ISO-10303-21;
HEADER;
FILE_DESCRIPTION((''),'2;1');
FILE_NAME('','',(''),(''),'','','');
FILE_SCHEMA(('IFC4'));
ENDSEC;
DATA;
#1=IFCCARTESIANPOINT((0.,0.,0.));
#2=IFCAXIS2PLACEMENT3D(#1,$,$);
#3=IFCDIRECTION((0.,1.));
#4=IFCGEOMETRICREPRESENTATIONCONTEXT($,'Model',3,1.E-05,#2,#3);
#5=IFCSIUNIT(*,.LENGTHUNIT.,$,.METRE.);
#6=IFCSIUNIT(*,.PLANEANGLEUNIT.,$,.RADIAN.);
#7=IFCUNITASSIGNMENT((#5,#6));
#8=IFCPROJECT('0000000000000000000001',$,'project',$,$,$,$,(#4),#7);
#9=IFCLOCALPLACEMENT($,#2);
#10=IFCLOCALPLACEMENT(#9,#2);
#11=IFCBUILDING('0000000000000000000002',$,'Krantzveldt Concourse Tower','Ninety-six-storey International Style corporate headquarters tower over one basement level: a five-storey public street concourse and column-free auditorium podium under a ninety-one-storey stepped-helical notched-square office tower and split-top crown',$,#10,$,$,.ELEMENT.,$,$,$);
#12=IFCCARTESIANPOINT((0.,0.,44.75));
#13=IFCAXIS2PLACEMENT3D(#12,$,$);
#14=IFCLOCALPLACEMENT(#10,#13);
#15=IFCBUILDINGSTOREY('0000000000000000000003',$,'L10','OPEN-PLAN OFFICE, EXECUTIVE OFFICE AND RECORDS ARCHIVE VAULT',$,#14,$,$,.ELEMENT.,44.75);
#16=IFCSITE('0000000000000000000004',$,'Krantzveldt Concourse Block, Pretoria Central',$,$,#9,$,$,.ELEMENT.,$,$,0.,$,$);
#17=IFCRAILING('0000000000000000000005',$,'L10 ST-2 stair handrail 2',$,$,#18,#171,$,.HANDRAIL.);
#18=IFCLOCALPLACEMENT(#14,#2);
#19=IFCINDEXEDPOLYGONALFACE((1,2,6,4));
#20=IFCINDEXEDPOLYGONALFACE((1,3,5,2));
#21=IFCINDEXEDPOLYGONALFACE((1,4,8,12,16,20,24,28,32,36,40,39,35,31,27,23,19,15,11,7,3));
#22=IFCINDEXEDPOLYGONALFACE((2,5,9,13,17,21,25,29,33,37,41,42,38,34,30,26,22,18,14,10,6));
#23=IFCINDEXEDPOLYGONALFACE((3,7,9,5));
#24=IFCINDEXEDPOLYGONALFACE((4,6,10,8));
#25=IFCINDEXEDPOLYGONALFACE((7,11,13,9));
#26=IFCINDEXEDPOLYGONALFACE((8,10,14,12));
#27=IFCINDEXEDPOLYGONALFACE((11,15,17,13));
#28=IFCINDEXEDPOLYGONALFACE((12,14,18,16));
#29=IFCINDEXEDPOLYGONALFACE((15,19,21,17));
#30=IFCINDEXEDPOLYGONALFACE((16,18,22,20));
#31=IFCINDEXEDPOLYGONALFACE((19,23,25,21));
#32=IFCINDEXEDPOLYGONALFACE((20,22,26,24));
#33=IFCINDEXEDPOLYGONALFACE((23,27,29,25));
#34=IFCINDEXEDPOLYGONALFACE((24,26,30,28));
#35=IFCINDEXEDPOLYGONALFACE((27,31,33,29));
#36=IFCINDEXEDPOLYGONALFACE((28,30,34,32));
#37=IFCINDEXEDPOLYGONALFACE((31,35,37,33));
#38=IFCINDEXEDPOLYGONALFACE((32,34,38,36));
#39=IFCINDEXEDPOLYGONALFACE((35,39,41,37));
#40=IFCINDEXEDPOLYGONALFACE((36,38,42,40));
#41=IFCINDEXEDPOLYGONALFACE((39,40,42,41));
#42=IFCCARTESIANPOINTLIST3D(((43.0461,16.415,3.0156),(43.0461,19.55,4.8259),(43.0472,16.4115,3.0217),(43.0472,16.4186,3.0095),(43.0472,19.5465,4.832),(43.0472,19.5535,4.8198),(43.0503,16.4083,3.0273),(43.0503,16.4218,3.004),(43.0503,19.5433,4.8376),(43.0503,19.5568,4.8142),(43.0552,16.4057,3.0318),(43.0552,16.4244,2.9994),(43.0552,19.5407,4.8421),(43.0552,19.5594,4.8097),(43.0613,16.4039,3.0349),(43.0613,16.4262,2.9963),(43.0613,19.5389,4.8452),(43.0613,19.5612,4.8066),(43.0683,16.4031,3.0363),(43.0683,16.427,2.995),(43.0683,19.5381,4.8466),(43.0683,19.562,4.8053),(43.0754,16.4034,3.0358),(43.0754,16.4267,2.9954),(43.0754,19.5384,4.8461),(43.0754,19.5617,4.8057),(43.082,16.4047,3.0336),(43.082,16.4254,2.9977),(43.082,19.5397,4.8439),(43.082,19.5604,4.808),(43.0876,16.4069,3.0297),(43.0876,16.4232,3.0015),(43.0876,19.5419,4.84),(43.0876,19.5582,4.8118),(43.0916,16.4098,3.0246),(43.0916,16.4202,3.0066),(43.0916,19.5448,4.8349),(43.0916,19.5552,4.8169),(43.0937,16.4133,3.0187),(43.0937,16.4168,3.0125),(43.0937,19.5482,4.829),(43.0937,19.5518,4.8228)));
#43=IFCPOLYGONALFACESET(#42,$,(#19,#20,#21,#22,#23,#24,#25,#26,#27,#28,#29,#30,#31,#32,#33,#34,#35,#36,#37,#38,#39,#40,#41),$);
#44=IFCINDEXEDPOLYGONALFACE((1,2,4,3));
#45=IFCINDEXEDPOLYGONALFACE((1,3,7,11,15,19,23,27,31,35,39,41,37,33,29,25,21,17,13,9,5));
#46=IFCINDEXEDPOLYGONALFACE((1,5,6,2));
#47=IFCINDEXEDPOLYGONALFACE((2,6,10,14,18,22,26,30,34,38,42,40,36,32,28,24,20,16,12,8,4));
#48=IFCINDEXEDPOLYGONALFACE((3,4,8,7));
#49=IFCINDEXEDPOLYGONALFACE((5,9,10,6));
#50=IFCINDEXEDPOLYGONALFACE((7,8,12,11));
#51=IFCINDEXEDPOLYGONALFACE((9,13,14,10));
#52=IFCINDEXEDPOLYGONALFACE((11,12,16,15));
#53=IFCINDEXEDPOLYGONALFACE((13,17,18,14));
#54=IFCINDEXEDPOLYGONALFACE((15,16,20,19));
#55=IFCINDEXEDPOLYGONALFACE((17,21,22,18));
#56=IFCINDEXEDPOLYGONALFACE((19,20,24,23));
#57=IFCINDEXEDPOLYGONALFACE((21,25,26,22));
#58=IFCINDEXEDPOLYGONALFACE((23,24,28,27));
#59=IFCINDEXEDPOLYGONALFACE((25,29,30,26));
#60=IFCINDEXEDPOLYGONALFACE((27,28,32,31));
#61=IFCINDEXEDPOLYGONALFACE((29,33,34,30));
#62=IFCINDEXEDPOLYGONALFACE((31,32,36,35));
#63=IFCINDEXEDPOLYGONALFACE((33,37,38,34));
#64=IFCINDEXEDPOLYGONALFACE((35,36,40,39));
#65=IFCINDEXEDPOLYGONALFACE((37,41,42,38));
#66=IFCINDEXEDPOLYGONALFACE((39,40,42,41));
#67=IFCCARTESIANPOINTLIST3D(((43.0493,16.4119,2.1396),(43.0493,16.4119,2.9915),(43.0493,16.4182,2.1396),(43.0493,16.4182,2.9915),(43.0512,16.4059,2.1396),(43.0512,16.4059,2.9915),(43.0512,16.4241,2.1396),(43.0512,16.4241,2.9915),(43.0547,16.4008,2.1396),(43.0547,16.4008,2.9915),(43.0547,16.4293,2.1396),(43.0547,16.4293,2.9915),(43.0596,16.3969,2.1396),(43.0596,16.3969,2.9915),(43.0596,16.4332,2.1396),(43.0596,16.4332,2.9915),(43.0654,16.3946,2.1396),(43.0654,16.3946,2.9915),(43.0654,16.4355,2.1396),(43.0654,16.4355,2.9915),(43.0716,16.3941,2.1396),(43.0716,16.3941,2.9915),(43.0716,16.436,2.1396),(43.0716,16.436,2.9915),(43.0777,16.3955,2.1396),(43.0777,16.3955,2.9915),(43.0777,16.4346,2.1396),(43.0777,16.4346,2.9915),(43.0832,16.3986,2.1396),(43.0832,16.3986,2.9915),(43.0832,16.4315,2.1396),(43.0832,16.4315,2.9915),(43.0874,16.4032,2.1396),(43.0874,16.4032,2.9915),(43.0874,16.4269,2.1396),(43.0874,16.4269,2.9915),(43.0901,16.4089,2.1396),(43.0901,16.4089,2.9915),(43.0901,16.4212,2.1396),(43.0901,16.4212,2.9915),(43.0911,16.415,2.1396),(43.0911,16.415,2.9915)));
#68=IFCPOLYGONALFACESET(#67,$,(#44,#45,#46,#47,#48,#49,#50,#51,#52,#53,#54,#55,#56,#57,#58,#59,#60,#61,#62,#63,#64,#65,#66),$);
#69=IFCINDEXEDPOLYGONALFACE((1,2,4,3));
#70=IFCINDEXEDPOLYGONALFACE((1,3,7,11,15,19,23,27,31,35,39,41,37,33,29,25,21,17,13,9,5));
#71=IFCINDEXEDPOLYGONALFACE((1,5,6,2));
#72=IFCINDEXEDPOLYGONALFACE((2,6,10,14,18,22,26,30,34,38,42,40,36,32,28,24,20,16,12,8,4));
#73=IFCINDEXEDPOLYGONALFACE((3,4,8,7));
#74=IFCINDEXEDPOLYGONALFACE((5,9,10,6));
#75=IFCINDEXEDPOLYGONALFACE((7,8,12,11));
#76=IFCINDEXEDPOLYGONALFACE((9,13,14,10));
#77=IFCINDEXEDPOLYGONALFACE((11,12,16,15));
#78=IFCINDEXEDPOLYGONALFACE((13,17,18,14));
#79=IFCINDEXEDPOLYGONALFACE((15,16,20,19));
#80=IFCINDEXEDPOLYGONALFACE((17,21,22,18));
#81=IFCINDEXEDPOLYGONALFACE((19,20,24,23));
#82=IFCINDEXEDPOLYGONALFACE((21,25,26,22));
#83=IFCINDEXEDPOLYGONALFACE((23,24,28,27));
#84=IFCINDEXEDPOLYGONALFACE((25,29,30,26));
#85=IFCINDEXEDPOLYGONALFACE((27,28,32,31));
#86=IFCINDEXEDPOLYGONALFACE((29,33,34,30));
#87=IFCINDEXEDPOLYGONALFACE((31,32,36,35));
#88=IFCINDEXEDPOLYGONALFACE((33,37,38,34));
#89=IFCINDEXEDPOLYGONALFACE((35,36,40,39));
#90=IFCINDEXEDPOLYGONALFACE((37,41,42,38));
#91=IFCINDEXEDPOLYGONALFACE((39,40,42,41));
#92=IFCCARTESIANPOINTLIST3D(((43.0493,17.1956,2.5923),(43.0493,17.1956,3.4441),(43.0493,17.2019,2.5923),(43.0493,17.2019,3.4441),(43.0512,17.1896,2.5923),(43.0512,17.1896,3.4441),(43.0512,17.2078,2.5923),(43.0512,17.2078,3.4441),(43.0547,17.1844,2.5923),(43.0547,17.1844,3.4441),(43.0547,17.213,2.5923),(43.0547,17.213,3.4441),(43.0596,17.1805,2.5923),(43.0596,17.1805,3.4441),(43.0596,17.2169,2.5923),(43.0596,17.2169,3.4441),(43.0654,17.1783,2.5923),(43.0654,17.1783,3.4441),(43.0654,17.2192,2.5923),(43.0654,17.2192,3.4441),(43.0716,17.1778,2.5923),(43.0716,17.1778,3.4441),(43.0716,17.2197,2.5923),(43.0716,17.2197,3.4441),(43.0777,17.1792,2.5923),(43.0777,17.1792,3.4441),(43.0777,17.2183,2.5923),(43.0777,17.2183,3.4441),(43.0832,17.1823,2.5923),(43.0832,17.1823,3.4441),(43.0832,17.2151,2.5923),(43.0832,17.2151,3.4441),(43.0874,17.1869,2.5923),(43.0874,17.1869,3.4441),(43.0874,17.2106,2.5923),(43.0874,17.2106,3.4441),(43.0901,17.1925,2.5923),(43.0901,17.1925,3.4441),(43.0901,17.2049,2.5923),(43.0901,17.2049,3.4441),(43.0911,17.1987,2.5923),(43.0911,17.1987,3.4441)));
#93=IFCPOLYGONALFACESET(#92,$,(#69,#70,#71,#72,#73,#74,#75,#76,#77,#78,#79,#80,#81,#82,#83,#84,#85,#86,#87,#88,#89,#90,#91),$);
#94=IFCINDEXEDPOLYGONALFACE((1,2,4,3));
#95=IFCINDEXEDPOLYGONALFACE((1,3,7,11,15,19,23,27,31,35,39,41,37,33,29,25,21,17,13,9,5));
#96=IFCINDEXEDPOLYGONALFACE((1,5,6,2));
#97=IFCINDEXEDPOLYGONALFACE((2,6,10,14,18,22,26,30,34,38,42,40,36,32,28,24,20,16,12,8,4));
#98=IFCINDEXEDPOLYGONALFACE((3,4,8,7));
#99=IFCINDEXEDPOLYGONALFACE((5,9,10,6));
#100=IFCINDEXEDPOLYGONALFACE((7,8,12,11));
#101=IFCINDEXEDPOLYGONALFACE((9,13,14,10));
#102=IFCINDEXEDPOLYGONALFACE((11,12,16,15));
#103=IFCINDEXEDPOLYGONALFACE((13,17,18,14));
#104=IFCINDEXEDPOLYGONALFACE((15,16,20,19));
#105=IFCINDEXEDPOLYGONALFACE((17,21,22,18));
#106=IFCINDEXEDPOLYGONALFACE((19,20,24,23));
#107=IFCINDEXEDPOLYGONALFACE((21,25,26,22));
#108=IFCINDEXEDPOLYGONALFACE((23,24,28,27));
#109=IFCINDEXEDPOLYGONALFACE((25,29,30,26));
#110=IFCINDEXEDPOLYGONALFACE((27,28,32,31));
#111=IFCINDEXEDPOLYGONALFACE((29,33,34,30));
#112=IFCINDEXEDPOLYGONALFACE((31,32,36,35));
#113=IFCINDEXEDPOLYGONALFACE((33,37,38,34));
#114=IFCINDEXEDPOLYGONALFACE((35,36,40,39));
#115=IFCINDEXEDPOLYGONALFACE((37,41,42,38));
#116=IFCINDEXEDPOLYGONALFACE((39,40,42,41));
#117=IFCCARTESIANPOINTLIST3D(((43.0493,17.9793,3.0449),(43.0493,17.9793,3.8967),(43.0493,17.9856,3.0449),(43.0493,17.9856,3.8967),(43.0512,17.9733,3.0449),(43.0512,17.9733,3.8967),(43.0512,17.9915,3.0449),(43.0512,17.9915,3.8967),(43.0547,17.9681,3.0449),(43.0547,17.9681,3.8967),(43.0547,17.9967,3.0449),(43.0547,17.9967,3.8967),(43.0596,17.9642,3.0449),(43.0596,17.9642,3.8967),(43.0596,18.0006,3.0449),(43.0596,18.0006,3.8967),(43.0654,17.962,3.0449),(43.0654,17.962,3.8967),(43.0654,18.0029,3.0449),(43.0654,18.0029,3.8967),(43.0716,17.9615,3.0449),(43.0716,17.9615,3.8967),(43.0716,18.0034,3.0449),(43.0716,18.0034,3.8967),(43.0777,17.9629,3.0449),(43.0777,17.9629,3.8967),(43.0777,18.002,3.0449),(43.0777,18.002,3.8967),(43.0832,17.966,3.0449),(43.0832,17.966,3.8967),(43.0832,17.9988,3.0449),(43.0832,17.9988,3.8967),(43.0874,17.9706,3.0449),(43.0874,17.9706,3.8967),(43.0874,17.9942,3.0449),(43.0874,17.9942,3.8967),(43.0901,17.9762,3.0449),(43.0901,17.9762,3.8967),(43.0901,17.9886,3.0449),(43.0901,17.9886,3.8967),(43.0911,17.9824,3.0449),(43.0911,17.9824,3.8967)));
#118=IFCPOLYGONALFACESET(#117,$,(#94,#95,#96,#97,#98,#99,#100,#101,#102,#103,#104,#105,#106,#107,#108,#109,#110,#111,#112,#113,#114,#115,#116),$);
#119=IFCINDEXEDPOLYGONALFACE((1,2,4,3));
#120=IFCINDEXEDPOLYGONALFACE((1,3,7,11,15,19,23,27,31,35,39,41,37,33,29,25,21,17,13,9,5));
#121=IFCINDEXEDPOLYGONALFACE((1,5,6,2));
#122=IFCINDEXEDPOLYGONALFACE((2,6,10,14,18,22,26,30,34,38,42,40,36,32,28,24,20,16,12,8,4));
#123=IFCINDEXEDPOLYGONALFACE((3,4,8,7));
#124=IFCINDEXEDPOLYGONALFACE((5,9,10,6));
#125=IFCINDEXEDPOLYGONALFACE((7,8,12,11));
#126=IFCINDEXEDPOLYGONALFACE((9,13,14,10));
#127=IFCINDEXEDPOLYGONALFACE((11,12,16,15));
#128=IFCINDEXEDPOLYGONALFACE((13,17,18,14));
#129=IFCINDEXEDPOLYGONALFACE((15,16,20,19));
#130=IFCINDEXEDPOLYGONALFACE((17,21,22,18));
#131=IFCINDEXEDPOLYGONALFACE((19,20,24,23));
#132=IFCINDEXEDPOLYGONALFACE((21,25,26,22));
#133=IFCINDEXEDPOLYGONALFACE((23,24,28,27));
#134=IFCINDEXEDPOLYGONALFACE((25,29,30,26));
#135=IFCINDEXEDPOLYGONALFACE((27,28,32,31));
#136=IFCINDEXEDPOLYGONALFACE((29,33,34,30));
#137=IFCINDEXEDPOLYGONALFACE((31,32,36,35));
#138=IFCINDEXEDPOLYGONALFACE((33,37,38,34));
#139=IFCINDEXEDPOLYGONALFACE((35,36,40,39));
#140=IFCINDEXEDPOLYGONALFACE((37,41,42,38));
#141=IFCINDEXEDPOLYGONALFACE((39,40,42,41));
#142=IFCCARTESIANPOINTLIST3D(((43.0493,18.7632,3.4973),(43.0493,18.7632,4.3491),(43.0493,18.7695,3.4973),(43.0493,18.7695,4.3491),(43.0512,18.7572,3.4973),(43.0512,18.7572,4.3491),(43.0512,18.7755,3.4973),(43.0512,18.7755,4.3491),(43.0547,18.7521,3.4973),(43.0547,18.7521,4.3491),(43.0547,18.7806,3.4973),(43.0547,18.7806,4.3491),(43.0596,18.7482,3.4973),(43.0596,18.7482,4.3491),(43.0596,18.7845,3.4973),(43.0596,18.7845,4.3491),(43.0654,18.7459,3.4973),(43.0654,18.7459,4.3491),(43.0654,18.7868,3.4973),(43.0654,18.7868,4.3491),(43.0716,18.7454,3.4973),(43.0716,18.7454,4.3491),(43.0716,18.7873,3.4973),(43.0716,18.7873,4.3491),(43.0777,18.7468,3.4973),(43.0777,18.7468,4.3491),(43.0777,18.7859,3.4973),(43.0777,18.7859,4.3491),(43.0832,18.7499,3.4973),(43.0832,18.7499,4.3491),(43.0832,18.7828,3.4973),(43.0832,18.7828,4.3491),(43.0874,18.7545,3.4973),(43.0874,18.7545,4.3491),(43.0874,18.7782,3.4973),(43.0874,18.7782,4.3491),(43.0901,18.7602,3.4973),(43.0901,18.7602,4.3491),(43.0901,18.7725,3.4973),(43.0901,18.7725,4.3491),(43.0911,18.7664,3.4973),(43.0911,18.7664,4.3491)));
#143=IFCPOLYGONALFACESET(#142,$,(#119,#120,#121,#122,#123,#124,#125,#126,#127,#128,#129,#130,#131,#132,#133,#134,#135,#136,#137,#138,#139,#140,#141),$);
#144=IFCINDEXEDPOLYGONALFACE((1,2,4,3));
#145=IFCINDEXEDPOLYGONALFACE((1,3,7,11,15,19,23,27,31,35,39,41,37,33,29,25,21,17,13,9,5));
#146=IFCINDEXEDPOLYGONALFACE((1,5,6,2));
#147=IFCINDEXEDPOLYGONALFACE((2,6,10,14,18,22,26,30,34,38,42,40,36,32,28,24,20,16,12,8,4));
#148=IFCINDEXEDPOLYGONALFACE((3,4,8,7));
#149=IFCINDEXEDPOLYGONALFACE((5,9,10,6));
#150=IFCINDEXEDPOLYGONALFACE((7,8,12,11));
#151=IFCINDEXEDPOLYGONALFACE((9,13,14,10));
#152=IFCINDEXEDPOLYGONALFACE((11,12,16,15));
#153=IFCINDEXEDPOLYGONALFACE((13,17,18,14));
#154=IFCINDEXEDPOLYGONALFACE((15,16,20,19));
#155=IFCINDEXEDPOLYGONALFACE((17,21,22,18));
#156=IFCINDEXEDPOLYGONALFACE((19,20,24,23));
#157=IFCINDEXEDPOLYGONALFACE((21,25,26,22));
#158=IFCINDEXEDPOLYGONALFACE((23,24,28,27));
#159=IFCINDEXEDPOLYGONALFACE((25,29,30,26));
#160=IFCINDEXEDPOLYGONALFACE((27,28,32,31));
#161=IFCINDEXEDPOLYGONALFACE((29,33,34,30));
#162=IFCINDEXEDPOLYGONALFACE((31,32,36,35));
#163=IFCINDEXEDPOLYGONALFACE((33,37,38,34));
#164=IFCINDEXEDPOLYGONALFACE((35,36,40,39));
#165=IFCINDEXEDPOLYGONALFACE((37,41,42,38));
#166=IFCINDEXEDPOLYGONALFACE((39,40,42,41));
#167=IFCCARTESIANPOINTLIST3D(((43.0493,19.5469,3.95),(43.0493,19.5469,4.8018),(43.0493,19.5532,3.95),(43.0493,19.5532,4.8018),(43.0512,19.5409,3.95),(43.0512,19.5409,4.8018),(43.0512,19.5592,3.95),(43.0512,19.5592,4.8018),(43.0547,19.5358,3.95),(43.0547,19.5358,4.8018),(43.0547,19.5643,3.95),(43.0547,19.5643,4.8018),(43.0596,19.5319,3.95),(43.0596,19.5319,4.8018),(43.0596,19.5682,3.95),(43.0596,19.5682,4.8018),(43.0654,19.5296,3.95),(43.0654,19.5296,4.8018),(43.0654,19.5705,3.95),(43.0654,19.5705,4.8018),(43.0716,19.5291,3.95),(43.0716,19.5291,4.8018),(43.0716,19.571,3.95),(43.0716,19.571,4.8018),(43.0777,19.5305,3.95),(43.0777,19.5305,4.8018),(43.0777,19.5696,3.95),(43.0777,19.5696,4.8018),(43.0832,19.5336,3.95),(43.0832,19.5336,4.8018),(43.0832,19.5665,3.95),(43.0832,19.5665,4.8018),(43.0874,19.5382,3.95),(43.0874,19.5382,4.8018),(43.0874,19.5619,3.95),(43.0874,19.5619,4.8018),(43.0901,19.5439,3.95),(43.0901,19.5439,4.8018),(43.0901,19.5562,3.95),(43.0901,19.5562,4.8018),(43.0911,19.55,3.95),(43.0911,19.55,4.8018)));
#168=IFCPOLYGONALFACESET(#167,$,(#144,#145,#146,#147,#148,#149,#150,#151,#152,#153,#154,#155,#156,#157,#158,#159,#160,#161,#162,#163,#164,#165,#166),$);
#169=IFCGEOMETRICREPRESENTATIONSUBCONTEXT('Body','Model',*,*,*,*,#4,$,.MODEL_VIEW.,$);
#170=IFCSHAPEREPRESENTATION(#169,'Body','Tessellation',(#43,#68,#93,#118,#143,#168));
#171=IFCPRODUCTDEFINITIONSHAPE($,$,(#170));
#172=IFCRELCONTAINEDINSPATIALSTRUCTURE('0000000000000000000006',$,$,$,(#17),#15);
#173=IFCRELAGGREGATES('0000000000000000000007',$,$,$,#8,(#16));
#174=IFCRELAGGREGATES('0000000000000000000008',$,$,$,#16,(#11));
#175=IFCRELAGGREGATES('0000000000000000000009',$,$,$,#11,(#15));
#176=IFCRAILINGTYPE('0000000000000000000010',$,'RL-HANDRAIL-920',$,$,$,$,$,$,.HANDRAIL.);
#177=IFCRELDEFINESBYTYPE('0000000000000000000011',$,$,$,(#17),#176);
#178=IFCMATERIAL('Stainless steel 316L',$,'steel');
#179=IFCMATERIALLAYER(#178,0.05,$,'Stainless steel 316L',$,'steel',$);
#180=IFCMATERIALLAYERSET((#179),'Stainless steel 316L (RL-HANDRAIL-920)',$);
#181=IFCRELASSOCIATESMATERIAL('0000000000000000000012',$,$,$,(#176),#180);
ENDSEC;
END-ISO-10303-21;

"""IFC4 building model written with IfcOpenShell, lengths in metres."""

from ifc_helpers import new_model, si_unit, direction, frame, origin, origin_2d, place, context, subcontext, project, spatial, circle, extrude, material, layer, layer_set, type_object, element, save


model = new_model("IFC4")

# Units and contexts
model_context = context("Model", 3, precision=1e-05, world=origin(), true_north=direction((0.0, 1.0)))
body_context = subcontext(model_context, "Body", "Model", "MODEL_VIEW")
ifc_project = project(units=[si_unit("LENGTHUNIT", "METRE"), si_unit("PLANEANGLEUNIT", "RADIAN")], contexts=[model_context])

# Site, building, storey
site_placement = place(None, origin())
site = spatial("IfcSite", under=ifc_project, at=site_placement, Name="Krantzveldt Concourse Block, Pretoria Central", CompositionType="ELEMENT", RefElevation=0.0)
building_placement = place(site_placement, origin())
building = spatial("IfcBuilding", under=site, at=building_placement, Name="Krantzveldt Concourse Tower", Description="Ninety-six-storey International Style corporate headquarters tower over one basement level: a five-storey public street concourse and column-free auditorium podium under a ninety-one-storey stepped-helical notched-square office tower and split-top crown", CompositionType="ELEMENT")
storey_placement = place(building_placement, frame((0.0, 0.0, 44.75)))
storey = spatial("IfcBuildingStorey", under=building, at=storey_placement, Name="L10", Description="OPEN-PLAN OFFICE, EXECUTIVE OFFICE AND RECORDS ARCHIVE VAULT", CompositionType="ELEMENT", Elevation=44.75)

# Shared definitions
ifc_material_1 = material(Name="Stainless steel 316L", Category="steel")

# Railing
ifc_layer_1 = layer(ifc_material_1, 0.05, Name="Stainless steel 316L", Category="steel")
ifc_layer_set_1 = layer_set([ifc_layer_1], Name="Stainless steel 316L (RL-HANDRAIL-920)")
railing_type_1 = type_object("IfcRailingType", Name="RL-HANDRAIL-920", PredefinedType="HANDRAIL", material=ifc_layer_set_1)
railing_1_placement = place(storey_placement, frame((43.0701, 16.415, 2.1396)))
element("IfcRailing", 1, at=railing_1_placement, inside=storey, type_object=railing_type_1, Name="L10 ST-2 stair handrail 2", PredefinedType="HANDRAIL", context=body_context, shape_type="SweptSolid", body=[
    extrude(circle(Radius=0.0239, at=origin_2d()), frame((0.0, 0.0, 0.876), z_axis=(0.0, 0.865989, 0.500063), x_axis=(-1.0, 0.0, 0.0)), (0.0, 0.0, 1.0), 3.6201),
    extrude(circle(Radius=0.021, at=origin_2d()), origin(), (0.0, 0.0, 1.0), 0.8518),
    extrude(circle(Radius=0.021, at=origin_2d()), frame((0.0, 0.7837, 0.4526)), (0.0, 0.0, 1.0), 0.8518),
    extrude(circle(Radius=0.021, at=origin_2d()), frame((0.0, 1.5674, 0.9053)), (0.0, 0.0, 1.0), 0.8518),
    extrude(circle(Radius=0.021, at=origin_2d()), frame((0.0, 2.3513, 1.3577)), (0.0, 0.0, 1.0), 0.8518),
    extrude(circle(Radius=0.021, at=origin_2d()), frame((0.0, 3.135, 1.8103)), (0.0, 0.0, 1.0), 0.8518),
])

save(model, "model.ifc")
